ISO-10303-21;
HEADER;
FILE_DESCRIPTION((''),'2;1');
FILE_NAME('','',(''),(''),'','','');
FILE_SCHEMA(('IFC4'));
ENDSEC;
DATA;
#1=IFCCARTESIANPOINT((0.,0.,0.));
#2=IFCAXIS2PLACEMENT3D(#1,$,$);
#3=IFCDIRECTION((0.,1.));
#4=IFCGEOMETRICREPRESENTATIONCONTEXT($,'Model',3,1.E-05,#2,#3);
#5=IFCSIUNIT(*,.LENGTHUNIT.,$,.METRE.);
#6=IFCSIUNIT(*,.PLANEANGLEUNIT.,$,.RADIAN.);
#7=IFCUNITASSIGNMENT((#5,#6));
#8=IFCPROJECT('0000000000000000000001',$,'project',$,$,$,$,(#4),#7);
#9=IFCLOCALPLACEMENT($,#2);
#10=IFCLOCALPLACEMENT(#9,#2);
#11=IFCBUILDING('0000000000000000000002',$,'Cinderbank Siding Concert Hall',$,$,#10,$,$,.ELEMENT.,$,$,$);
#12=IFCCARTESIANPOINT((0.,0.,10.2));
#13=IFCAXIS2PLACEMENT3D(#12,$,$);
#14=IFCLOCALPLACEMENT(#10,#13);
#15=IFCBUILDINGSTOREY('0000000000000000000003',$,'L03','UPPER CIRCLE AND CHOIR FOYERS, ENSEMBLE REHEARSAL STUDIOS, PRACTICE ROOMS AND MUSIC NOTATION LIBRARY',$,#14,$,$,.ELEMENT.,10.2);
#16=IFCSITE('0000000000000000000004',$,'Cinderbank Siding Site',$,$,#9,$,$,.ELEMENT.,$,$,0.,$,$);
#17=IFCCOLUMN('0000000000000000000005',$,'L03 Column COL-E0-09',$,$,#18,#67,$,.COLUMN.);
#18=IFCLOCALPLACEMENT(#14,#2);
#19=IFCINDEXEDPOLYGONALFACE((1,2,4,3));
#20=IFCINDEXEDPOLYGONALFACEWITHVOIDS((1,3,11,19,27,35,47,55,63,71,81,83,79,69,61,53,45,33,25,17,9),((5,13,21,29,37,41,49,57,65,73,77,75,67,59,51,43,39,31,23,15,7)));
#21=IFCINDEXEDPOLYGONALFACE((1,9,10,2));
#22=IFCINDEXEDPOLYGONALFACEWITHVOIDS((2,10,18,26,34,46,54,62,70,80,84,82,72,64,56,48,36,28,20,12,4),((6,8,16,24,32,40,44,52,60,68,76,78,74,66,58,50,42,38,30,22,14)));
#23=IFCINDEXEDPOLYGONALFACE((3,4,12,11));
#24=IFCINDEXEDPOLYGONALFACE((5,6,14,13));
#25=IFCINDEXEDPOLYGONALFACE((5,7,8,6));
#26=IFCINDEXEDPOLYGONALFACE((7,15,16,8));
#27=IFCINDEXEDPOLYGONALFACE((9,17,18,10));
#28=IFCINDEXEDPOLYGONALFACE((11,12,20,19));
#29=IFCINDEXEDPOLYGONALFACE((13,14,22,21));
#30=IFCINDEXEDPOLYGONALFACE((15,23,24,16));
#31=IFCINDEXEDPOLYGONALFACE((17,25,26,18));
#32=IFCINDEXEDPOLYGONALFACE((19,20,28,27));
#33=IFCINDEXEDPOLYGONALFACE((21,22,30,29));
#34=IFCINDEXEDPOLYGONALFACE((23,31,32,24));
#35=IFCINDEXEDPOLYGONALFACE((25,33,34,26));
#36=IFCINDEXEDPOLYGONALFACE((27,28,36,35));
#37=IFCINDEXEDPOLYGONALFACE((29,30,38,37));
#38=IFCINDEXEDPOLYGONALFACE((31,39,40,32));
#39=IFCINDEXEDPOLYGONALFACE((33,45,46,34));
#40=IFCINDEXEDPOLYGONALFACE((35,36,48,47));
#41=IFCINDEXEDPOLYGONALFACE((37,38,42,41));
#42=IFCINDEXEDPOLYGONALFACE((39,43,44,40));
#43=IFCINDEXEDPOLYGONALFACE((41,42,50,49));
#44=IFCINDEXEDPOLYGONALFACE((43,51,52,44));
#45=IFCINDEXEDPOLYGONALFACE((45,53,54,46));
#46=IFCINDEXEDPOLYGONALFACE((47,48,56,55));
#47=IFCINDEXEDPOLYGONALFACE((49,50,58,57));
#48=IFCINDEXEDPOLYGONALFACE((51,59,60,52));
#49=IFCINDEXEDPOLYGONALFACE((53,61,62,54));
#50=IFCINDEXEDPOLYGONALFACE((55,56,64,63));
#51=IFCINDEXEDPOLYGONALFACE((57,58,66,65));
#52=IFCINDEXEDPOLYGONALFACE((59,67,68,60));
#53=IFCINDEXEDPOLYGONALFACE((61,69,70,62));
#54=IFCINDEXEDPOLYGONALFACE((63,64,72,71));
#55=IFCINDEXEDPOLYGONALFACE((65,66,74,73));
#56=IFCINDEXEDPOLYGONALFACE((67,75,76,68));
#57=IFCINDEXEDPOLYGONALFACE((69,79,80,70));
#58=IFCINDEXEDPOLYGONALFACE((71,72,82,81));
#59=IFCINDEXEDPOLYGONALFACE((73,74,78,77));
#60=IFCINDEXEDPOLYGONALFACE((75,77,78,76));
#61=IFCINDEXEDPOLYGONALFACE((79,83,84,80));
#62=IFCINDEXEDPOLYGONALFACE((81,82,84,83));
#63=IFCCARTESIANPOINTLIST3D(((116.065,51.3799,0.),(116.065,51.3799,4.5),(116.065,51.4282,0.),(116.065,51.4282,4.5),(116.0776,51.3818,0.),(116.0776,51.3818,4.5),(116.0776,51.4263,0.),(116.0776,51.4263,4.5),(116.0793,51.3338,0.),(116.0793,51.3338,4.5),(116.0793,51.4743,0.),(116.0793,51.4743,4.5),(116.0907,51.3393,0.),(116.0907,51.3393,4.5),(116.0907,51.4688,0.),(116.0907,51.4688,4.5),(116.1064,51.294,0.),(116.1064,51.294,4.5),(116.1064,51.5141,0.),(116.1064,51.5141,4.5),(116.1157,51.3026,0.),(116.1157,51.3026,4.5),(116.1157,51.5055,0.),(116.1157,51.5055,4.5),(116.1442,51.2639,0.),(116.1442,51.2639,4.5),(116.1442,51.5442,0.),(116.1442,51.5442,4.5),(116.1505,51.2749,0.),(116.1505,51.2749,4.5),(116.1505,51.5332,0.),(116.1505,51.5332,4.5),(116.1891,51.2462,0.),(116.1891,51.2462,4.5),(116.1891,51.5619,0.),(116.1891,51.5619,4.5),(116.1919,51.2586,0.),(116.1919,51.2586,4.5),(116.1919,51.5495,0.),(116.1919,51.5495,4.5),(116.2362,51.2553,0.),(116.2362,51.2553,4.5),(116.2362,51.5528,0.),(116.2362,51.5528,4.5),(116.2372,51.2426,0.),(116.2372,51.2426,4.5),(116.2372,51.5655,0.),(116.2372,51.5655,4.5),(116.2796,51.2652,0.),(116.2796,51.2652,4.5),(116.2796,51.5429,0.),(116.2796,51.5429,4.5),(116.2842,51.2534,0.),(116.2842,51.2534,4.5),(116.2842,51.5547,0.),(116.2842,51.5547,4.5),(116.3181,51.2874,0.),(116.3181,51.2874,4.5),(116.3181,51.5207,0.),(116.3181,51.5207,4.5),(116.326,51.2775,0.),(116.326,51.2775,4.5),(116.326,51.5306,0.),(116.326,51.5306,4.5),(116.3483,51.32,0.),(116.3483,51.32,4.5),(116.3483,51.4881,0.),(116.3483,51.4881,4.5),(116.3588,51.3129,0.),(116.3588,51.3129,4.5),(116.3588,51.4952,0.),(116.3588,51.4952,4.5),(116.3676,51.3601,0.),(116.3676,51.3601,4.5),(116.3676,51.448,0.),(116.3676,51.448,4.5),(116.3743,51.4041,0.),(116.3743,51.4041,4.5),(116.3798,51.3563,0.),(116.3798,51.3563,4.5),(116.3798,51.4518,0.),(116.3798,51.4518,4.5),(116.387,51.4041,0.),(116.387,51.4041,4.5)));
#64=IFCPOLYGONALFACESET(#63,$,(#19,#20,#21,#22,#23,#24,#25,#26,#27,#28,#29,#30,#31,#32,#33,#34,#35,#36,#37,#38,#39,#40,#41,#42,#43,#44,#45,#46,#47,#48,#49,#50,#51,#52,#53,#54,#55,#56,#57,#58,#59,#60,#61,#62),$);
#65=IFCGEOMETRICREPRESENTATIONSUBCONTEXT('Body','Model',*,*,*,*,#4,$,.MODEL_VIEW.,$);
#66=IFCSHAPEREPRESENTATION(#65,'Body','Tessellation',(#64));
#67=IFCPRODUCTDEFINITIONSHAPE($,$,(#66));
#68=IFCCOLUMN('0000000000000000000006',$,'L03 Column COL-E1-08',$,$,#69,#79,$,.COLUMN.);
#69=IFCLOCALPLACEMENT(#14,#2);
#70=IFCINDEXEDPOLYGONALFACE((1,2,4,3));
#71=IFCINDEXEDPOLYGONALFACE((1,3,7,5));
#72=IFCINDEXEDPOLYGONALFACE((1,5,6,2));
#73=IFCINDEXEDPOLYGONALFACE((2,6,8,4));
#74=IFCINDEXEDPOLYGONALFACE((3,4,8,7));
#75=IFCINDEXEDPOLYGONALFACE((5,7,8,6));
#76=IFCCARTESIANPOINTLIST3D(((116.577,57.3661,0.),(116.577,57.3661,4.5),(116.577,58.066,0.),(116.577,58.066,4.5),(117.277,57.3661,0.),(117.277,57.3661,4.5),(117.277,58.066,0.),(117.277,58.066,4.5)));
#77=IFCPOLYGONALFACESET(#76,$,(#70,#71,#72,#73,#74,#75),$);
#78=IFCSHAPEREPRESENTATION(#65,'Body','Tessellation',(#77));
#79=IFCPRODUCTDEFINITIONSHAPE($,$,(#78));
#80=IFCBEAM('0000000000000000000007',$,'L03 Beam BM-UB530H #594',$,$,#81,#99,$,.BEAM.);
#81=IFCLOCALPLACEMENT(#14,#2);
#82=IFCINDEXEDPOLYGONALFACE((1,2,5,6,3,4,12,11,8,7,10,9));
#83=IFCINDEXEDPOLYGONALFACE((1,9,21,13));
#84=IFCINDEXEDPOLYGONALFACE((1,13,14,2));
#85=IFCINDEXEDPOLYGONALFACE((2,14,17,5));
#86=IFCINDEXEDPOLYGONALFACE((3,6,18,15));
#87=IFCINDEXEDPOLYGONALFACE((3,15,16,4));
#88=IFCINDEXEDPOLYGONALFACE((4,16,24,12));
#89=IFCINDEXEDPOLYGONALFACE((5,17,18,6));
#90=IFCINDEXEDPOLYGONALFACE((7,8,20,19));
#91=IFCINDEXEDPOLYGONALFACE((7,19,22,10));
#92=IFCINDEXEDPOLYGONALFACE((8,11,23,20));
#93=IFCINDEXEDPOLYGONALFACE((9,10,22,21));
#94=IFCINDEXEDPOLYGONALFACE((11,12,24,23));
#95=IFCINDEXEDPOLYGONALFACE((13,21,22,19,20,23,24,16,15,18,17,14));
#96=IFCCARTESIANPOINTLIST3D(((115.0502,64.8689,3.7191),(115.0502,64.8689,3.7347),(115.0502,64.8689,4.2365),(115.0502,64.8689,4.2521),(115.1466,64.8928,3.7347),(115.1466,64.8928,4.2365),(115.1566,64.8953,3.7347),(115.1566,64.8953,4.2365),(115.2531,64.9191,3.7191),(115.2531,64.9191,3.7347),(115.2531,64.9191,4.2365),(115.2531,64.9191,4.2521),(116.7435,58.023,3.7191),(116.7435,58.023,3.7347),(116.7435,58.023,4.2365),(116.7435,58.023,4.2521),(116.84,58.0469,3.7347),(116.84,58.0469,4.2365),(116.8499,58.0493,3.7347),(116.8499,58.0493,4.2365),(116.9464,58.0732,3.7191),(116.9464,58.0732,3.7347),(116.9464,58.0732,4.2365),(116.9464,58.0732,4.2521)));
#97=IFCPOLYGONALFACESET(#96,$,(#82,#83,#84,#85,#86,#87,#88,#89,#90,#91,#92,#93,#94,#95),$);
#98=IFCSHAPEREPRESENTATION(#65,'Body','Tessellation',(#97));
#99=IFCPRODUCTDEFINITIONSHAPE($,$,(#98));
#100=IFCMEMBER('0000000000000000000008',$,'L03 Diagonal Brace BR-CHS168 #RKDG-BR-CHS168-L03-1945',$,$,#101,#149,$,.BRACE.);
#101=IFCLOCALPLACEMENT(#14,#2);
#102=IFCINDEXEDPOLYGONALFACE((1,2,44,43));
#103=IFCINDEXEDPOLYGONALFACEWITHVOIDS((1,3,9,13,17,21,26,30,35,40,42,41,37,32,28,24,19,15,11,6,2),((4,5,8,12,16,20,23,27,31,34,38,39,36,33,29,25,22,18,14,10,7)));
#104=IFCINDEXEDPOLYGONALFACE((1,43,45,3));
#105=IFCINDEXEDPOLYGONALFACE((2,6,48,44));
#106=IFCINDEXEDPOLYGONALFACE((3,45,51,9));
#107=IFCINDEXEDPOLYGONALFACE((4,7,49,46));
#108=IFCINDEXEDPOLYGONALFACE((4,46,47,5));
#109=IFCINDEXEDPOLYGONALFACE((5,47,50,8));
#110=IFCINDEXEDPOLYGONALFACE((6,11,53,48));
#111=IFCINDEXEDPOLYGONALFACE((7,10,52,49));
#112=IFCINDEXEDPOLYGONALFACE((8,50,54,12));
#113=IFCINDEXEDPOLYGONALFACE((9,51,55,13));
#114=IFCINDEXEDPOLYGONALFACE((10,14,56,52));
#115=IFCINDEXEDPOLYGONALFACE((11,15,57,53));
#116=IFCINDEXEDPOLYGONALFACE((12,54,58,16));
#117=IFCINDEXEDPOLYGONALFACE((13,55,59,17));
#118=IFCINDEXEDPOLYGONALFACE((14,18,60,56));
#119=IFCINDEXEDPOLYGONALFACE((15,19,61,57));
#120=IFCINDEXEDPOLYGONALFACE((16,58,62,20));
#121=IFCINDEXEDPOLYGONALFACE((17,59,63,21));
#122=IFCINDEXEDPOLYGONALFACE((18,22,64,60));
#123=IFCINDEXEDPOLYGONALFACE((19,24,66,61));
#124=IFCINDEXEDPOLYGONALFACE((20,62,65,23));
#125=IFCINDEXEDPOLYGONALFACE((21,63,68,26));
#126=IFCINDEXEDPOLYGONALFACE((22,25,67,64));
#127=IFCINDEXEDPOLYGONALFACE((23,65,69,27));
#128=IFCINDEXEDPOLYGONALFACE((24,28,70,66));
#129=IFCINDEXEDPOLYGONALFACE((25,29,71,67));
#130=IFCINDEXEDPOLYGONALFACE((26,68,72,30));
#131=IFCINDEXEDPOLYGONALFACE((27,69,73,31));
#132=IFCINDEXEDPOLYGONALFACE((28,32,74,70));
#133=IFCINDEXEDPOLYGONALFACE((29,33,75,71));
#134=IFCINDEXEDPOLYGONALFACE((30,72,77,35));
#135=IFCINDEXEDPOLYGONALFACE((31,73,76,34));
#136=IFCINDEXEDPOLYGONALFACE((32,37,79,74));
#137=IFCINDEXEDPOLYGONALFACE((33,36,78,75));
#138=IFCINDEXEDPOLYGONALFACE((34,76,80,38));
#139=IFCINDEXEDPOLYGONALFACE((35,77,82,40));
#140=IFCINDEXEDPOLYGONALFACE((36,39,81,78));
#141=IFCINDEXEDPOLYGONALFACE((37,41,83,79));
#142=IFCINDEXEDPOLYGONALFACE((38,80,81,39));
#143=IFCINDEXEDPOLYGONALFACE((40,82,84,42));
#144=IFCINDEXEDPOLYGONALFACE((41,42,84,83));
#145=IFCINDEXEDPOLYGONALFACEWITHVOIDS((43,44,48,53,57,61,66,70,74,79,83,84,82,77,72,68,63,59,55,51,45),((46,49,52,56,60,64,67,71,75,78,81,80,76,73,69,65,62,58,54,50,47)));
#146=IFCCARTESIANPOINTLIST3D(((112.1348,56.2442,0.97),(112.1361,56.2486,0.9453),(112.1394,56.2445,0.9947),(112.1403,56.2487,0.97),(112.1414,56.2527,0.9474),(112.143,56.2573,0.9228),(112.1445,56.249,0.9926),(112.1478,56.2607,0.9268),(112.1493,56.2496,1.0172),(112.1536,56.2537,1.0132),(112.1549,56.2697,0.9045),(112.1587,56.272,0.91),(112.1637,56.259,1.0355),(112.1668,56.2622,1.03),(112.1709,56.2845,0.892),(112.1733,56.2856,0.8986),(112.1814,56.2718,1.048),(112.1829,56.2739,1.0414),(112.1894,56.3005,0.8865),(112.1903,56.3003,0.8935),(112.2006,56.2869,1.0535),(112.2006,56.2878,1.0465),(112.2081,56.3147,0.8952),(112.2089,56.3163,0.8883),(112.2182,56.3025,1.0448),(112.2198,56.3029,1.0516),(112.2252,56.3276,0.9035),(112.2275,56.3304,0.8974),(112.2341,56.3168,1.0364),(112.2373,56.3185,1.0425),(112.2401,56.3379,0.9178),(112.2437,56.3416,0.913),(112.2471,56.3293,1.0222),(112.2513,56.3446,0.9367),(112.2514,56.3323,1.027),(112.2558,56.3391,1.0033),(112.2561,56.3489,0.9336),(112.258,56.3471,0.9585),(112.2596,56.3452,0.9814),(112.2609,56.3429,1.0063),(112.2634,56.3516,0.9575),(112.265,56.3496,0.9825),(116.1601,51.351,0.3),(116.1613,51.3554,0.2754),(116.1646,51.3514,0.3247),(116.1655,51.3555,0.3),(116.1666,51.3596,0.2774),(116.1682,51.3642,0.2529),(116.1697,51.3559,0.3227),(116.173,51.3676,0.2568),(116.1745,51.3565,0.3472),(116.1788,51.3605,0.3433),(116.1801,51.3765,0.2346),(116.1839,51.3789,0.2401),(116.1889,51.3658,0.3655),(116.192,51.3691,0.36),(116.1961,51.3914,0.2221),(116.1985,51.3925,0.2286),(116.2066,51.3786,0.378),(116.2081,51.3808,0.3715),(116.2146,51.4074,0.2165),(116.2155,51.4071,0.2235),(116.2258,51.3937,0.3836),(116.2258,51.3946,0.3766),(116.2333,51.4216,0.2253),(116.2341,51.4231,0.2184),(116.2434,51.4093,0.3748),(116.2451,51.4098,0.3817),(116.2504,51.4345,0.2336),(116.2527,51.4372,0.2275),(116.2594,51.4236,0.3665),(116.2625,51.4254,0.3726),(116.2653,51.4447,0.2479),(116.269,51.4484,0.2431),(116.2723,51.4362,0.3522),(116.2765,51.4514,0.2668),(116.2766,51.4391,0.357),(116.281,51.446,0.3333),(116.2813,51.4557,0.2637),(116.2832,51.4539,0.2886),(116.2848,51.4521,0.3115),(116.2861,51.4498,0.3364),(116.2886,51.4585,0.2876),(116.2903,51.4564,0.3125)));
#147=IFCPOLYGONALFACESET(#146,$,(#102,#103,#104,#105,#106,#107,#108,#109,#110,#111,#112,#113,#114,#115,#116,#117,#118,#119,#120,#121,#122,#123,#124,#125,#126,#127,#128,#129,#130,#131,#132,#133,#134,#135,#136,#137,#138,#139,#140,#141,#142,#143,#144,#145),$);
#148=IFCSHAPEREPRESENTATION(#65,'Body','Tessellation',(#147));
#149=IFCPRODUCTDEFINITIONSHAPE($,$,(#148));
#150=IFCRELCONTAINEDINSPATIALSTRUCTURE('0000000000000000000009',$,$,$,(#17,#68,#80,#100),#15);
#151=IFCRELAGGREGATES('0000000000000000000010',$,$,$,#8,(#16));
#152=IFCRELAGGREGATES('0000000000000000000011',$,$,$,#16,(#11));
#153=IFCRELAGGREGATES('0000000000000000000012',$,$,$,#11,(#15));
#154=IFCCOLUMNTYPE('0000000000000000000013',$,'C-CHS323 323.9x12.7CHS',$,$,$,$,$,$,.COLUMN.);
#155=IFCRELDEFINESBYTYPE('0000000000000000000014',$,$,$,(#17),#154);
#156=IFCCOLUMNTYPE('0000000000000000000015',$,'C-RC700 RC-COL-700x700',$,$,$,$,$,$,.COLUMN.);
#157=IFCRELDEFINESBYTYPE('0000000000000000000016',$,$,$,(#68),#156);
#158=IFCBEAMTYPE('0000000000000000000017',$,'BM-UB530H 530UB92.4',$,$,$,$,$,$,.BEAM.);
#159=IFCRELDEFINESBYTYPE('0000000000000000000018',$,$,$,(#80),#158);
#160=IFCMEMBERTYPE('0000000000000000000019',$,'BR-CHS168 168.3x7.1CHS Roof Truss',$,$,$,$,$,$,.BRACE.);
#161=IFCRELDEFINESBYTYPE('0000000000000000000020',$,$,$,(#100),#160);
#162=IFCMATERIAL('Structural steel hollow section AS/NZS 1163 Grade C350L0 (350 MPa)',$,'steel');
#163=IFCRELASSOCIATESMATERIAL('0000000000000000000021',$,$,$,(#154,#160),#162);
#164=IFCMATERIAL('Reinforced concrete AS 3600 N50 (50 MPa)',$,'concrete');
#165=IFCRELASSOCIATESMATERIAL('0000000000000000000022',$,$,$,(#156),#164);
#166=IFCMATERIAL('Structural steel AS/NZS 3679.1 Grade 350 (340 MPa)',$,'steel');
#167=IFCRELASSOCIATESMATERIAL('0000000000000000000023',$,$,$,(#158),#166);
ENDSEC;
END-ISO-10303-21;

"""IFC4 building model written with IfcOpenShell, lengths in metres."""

from ifc_helpers import new_model, si_unit, direction, frame, origin, origin_2d, place, context, subcontext, project, spatial, rectangle, hollow_circle, i_section, extrude, material, material_profile, profile_set, type_object, element, save


model = new_model("IFC4")

# Units and contexts
model_context = context("Model", 3, precision=1e-05, world=origin(), true_north=direction((0.0, 1.0)))
body_context = subcontext(model_context, "Body", "Model", "MODEL_VIEW")
ifc_project = project(units=[si_unit("LENGTHUNIT", "METRE"), si_unit("PLANEANGLEUNIT", "RADIAN")], contexts=[model_context])

# Site, building, storey
site_placement = place(None, origin())
site = spatial("IfcSite", under=ifc_project, at=site_placement, Name="Cinderbank Siding Site", CompositionType="ELEMENT", RefElevation=0.0)
building_placement = place(site_placement, origin())
building = spatial("IfcBuilding", under=site, at=building_placement, Name="Cinderbank Siding Concert Hall", CompositionType="ELEMENT")
storey_placement = place(building_placement, frame((0.0, 0.0, 10.2)))
storey = spatial("IfcBuildingStorey", under=building, at=storey_placement, Name="L03", Description="UPPER CIRCLE AND CHOIR FOYERS, ENSEMBLE REHEARSAL STUDIOS, PRACTICE ROOMS AND MUSIC NOTATION LIBRARY", CompositionType="ELEMENT", Elevation=10.2)

# Columns
ifc_material_1 = material(Name="Structural steel hollow section AS/NZS 1163 Grade C350L0 (350 MPa)", Category="steel")
ifc_material_profile_1 = material_profile(ifc_material_1, hollow_circle(Radius=0.1619, WallThickness=0.0127, at=origin_2d()), Name="323.9x12.7CHS", Category="LoadBearing")
ifc_profile_set_1 = profile_set([ifc_material_profile_1], Name="Structural steel hollow section AS/NZS 1163 Grade C350L0 (350 MPa)")
column_type_1 = type_object("IfcColumnType", Name="C-CHS323 323.9x12.7CHS", PredefinedType="COLUMN", material=ifc_profile_set_1)
column_1_placement = place(storey_placement, frame((116.2251, 51.4041, 0.0), z_axis=(0.0, 0.0, 1.0), x_axis=(1.0, 0.0, 0.0)))
element("IfcColumn", 1, at=column_1_placement, inside=storey, type_object=column_type_1, Name="L03 Column COL-E0-09", PredefinedType="COLUMN", context=body_context, shape_type="SweptSolid", body=[
    extrude(hollow_circle(Radius=0.1619, WallThickness=0.0127, at=origin_2d()), origin(), (0.0, 0.0, 1.0), 4.5),
])
ifc_material_2 = material(Name="Reinforced concrete AS 3600 N50 (50 MPa)", Category="concrete")
ifc_material_profile_2 = material_profile(ifc_material_2, rectangle(XDim=0.7, YDim=0.7, at=origin_2d()), Name="RC-COL-700x700", Category="LoadBearing")
ifc_profile_set_2 = profile_set([ifc_material_profile_2], Name="Reinforced concrete AS 3600 N50 (50 MPa)")
column_type_2 = type_object("IfcColumnType", Name="C-RC700 RC-COL-700x700", PredefinedType="COLUMN", material=ifc_profile_set_2)
column_2_placement = place(storey_placement, frame((116.927, 57.7161, 0.0), z_axis=(0.0, 0.0, 1.0), x_axis=(1.0, 0.0, 0.0)))
element("IfcColumn", 2, at=column_2_placement, inside=storey, type_object=column_type_2, Name="L03 Column COL-E1-08", PredefinedType="COLUMN", context=body_context, shape_type="SweptSolid", body=[
    extrude(rectangle(XDim=0.7, YDim=0.7, at=origin_2d()), origin(), (0.0, 0.0, 1.0), 4.5),
])

# Beam
ifc_material_3 = material(Name="Structural steel AS/NZS 3679.1 Grade 350 (340 MPa)", Category="steel")
ifc_material_profile_3 = material_profile(ifc_material_3, i_section(OverallWidth=0.209, OverallDepth=0.533, WebThickness=0.0103, FlangeThickness=0.0156, at=origin_2d()), Name="530UB92.4", Category="LoadBearing")
ifc_profile_set_3 = profile_set([ifc_material_profile_3], Name="Structural steel AS/NZS 3679.1 Grade 350 (340 MPa)")
beam_type_1 = type_object("IfcBeamType", Name="BM-UB530H 530UB92.4", PredefinedType="BEAM", material=ifc_profile_set_3)
beam_1_placement = place(storey_placement, frame((116.845, 58.0481, 3.9856), z_axis=(-0.240116, 0.970744, 0.0), x_axis=(-0.970744, -0.240116, 0.0)))
element("IfcBeam", 3, at=beam_1_placement, inside=storey, type_object=beam_type_1, Name="L03 Beam BM-UB530H #594", PredefinedType="BEAM", context=body_context, shape_type="SweptSolid", body=[
    extrude(i_section(OverallWidth=0.209, OverallDepth=0.533, WebThickness=0.0103, FlangeThickness=0.0156, at=origin_2d()), origin(), (0.0, 0.0, 1.0), 7.0522),
])

# Member
ifc_material_profile_4 = material_profile(ifc_material_1, hollow_circle(Radius=0.0842, WallThickness=0.0071, at=origin_2d()), Name="168.3x7.1CHS", Category="LoadBearing")
ifc_profile_set_4 = profile_set([ifc_material_profile_4], Name="Structural steel hollow section AS/NZS 1163 Grade C350L0 (350 MPa)")
member_type_1 = type_object("IfcMemberType", Name="BR-CHS168 168.3x7.1CHS Roof Truss", PredefinedType="BRACE", material=ifc_profile_set_4)
member_1_placement = place(storey_placement, frame((116.2251, 51.4045, 0.3), z_axis=(-0.631768, 0.767993, 0.105148), x_axis=(-0.772274, -0.63529, 0.0)))
element("IfcMember", 4, at=member_1_placement, inside=storey, type_object=member_type_1, Name="L03 Diagonal Brace BR-CHS168 #RKDG-BR-CHS168-L03-1945", PredefinedType="BRACE", context=body_context, shape_type="SweptSolid", body=[
    extrude(hollow_circle(Radius=0.0842, WallThickness=0.0071, at=origin_2d()), origin(), (0.0, 0.0, 1.0), 6.3713),
])

save(model, "model.ifc")
